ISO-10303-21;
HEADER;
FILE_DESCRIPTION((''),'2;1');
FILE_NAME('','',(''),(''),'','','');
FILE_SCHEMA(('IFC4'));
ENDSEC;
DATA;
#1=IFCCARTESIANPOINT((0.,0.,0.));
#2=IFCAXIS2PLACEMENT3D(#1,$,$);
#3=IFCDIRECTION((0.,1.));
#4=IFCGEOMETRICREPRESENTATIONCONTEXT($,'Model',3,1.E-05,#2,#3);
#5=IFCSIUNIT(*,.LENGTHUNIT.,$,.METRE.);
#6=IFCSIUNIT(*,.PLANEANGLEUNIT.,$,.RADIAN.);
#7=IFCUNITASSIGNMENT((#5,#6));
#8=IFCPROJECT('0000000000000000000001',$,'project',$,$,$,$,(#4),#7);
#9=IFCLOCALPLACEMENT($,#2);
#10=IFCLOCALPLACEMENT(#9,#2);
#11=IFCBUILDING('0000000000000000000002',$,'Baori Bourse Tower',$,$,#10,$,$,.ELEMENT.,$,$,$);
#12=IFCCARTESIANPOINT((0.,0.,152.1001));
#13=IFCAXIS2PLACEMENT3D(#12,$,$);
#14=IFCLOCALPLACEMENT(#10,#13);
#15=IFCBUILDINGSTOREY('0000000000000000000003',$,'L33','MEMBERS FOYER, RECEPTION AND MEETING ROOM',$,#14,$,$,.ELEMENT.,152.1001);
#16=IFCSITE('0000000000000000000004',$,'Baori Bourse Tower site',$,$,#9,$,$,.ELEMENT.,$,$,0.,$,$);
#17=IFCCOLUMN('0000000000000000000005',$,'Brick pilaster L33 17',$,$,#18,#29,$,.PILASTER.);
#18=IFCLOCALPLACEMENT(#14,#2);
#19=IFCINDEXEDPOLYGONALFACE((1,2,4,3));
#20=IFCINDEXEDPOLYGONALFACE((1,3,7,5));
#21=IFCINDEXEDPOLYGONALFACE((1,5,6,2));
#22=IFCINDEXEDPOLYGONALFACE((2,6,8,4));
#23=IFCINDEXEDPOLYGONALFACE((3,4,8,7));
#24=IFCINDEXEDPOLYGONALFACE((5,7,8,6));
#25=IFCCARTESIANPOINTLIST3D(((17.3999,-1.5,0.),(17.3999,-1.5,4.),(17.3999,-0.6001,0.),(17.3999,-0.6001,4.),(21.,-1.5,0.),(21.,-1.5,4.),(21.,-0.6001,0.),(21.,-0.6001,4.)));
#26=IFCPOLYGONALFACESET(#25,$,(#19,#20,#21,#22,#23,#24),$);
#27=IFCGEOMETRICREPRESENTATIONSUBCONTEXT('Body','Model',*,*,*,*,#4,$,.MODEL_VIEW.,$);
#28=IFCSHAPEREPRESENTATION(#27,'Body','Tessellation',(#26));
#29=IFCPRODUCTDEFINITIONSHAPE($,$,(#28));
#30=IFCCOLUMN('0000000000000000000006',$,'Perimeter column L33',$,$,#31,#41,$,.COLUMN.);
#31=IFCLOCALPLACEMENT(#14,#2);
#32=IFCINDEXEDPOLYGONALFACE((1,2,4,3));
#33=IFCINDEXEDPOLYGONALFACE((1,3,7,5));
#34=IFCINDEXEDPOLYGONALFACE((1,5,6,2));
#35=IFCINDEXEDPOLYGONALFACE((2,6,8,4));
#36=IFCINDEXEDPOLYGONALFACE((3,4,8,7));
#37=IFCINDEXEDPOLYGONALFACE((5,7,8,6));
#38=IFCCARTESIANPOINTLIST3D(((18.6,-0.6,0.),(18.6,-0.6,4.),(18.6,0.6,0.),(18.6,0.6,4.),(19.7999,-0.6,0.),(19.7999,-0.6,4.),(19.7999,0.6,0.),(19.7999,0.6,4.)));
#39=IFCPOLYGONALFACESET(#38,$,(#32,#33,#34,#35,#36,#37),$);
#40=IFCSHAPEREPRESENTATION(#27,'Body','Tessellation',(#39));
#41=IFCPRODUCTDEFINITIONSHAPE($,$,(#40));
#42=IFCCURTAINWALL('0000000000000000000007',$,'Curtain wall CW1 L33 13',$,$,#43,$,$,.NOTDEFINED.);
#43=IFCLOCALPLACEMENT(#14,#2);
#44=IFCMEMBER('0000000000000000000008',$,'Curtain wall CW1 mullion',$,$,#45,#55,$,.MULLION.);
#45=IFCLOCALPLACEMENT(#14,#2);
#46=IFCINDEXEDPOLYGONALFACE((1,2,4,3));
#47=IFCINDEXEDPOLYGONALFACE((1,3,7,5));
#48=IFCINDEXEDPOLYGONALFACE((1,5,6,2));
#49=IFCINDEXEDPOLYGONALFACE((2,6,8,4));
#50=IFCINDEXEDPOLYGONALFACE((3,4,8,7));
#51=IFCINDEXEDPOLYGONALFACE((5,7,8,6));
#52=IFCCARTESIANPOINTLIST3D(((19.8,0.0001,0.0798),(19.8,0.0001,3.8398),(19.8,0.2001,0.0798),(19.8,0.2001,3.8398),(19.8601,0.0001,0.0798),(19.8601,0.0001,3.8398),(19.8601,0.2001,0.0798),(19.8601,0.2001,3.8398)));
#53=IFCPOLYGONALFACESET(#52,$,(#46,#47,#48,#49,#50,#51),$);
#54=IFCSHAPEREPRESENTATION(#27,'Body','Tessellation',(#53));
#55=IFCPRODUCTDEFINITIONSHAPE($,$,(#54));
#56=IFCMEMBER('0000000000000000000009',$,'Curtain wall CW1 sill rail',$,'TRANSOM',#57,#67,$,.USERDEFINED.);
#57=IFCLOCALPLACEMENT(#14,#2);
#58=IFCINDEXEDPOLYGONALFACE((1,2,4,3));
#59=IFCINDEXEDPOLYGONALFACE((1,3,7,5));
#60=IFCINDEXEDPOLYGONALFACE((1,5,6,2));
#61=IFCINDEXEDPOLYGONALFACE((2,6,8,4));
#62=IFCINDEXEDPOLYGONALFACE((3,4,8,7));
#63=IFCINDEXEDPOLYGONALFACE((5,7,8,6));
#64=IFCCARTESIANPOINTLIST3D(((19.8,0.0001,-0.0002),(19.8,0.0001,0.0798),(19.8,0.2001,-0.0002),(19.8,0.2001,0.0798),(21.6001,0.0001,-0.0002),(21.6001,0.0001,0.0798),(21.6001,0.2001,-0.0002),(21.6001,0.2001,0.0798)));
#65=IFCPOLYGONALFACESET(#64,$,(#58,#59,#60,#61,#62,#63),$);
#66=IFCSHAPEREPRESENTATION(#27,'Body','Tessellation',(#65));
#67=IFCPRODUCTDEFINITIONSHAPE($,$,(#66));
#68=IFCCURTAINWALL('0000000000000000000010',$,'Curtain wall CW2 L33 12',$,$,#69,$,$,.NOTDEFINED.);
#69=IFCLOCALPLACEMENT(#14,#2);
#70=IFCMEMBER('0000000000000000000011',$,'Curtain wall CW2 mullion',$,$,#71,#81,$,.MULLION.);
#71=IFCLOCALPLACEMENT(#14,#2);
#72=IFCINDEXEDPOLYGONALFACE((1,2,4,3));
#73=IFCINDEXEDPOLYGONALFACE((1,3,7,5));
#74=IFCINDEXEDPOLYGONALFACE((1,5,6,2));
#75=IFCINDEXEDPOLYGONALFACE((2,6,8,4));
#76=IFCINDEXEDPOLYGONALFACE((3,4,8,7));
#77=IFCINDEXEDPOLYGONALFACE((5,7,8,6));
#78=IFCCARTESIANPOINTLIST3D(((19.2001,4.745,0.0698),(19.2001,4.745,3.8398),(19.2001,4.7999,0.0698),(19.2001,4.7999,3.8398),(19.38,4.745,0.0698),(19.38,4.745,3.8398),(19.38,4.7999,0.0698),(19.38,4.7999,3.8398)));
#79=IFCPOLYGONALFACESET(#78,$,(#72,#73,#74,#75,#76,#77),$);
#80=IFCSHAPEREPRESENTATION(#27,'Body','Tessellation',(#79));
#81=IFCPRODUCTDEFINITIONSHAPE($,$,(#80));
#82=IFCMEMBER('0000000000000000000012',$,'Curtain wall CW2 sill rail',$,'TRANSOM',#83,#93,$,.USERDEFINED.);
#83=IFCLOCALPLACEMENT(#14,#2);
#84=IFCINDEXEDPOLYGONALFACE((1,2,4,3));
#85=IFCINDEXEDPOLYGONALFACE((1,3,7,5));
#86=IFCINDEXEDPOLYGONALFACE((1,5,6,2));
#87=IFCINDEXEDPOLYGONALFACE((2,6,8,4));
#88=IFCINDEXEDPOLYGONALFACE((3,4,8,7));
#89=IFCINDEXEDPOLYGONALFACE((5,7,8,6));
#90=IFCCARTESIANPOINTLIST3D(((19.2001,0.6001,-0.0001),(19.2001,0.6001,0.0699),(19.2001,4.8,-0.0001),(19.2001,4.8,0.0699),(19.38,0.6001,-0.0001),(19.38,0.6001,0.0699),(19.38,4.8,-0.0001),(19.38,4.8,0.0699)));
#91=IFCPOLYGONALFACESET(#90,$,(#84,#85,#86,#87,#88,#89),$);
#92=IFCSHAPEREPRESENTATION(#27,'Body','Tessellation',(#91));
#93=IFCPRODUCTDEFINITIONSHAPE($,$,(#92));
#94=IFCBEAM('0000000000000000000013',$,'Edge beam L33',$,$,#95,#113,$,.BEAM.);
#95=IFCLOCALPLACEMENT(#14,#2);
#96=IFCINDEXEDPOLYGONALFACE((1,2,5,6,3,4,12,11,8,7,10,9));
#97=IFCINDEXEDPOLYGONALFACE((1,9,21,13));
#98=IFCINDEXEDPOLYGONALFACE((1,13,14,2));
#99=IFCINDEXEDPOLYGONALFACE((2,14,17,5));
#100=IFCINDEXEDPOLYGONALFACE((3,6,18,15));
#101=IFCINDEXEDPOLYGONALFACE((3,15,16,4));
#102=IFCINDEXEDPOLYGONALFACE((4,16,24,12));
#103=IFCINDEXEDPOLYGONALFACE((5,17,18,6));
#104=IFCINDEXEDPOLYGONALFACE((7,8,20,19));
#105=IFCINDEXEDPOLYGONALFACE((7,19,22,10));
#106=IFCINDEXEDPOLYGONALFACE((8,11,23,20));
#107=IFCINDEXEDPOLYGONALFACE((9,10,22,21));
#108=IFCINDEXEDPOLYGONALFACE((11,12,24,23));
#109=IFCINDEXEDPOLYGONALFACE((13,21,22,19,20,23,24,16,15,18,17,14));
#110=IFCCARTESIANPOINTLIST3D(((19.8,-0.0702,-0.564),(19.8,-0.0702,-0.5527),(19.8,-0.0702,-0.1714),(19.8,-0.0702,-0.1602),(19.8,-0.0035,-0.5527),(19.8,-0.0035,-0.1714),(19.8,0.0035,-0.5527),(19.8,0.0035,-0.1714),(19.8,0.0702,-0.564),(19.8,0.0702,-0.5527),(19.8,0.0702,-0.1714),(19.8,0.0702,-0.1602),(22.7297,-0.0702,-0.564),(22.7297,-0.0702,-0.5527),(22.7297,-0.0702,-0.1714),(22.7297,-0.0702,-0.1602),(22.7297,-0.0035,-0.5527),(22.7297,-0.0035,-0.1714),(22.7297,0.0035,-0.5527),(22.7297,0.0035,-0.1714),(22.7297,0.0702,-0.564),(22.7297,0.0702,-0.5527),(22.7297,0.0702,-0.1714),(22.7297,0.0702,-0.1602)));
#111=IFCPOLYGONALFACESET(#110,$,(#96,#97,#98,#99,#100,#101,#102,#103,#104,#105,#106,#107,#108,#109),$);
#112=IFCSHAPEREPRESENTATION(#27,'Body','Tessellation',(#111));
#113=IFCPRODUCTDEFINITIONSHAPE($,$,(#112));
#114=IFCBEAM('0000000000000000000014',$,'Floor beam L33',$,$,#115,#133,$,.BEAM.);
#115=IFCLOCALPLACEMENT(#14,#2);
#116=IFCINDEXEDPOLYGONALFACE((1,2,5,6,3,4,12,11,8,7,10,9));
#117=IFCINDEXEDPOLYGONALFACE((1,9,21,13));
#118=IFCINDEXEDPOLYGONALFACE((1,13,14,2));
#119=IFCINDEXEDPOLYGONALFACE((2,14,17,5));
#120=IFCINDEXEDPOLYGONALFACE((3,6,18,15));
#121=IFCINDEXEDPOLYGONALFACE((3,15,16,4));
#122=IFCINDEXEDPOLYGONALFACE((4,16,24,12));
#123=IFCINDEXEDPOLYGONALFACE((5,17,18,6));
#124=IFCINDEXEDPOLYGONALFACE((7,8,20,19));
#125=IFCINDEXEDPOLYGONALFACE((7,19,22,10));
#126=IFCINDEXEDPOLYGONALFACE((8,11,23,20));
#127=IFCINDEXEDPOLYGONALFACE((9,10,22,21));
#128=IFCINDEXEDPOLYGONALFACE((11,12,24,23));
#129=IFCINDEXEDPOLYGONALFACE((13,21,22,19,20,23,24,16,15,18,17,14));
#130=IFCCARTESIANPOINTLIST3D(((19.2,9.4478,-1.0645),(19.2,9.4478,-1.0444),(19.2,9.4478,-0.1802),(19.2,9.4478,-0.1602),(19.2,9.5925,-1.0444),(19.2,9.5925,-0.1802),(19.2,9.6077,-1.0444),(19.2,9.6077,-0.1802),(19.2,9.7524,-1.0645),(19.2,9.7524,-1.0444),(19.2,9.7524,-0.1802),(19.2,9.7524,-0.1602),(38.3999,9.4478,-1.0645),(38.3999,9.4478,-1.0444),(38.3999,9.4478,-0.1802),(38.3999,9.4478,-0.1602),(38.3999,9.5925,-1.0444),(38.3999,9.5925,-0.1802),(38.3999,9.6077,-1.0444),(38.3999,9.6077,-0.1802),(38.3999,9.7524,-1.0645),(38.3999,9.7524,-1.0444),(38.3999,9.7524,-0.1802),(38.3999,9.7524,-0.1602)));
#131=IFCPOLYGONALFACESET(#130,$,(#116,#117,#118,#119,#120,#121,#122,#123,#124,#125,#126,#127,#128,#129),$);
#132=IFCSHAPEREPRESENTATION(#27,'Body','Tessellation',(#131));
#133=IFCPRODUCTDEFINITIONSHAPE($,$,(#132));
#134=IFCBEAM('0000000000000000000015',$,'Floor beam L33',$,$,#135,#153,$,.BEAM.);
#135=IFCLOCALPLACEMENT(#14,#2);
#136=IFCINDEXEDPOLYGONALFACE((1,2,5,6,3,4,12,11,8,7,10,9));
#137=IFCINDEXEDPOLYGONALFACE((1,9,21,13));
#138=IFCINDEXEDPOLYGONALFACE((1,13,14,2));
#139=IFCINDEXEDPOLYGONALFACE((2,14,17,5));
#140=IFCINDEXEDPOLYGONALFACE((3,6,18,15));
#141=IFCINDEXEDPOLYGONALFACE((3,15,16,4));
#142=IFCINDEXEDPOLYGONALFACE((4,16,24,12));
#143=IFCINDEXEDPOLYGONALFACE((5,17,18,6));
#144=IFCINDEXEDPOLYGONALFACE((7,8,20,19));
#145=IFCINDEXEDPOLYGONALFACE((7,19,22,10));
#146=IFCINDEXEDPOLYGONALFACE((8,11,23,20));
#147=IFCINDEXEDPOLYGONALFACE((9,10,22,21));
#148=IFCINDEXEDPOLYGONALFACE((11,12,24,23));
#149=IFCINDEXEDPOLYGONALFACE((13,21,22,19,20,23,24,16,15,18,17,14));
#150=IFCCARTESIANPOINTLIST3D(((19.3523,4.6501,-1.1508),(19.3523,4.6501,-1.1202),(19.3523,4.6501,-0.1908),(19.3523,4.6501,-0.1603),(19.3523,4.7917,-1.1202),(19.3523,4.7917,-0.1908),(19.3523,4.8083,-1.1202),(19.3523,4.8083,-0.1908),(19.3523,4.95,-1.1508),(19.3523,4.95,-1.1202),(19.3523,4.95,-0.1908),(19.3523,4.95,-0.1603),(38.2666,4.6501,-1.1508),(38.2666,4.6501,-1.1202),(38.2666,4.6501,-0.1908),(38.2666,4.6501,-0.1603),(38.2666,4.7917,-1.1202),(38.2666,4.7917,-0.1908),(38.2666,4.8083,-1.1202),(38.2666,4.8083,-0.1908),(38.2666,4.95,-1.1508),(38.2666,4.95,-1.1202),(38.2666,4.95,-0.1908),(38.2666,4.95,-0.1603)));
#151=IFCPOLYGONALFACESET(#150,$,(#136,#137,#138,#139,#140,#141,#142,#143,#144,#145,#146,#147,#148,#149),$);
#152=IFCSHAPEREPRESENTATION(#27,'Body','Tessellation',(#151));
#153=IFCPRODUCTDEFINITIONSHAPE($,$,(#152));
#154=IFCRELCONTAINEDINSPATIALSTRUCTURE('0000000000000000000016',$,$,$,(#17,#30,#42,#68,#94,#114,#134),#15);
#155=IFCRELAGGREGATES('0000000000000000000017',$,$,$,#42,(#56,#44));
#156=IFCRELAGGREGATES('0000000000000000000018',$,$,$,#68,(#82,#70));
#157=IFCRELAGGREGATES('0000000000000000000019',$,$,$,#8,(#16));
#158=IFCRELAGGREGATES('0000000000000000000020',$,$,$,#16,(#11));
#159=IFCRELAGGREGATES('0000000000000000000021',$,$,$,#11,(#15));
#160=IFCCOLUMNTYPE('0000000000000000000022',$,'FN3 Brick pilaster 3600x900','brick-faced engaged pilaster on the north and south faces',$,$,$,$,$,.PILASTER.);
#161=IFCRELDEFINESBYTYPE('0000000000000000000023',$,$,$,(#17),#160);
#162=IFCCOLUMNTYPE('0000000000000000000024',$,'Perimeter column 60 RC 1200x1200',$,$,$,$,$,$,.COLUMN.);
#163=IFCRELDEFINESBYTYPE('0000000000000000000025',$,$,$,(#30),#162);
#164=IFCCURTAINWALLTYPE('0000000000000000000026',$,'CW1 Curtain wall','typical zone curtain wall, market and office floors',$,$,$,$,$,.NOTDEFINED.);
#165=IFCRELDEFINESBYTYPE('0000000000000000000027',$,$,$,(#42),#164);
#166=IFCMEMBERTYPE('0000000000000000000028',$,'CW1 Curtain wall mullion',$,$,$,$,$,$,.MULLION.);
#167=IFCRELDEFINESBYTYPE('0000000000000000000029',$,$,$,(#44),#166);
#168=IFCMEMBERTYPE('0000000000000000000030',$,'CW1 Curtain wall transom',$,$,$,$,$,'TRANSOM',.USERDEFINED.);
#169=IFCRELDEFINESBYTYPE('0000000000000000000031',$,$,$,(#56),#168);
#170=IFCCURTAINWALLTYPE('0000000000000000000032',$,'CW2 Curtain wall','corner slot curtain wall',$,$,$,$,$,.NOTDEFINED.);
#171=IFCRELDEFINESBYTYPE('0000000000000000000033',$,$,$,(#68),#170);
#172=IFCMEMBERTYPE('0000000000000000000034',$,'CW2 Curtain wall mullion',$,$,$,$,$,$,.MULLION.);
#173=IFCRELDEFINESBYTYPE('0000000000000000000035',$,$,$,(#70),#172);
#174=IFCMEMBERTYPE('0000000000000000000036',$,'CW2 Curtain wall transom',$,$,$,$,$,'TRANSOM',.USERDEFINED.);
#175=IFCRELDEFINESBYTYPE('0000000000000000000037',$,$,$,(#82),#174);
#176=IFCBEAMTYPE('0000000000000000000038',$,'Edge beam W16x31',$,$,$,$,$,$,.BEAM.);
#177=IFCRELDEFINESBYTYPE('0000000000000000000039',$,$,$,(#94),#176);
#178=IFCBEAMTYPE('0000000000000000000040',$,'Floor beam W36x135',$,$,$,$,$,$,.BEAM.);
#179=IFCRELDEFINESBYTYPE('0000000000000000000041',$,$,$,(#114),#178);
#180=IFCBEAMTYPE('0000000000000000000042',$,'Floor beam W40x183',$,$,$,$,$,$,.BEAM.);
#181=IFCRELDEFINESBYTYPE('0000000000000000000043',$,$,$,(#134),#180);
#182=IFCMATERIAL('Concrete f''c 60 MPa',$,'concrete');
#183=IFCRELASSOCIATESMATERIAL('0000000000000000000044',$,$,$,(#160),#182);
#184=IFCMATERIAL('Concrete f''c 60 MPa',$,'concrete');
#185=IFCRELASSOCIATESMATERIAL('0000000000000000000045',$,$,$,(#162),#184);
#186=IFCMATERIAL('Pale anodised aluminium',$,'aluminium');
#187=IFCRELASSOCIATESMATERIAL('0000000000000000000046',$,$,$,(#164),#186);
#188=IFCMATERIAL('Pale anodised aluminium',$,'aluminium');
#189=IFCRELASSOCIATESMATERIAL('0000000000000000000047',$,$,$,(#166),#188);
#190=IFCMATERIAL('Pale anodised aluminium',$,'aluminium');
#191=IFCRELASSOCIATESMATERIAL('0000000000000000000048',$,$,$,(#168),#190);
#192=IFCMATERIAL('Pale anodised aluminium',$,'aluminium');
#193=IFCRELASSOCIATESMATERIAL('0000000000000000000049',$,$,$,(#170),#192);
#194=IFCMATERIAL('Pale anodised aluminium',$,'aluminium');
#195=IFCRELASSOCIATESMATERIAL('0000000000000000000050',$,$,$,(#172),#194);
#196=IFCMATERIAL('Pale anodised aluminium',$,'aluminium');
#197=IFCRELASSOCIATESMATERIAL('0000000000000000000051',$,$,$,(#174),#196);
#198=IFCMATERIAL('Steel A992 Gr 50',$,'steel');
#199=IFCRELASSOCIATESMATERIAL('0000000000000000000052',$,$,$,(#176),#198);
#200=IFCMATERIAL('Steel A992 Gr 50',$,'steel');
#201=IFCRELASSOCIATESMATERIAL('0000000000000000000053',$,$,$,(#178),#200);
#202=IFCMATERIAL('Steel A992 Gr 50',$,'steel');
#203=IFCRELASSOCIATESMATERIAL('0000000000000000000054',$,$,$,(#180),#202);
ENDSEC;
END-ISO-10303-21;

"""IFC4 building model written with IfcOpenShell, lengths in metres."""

from ifc_helpers import new_model, si_unit, direction, frame, origin, origin_2d, place, context, subcontext, project, spatial, rectangle, i_section, extrude, material, material_profile, profile_set, type_object, element, aggregate, save


model = new_model("IFC4")

# Units and contexts
model_context = context("Model", 3, precision=1e-05, world=origin(), true_north=direction((0.0, 1.0)))
body_context = subcontext(model_context, "Body", "Model", "MODEL_VIEW")
ifc_project = project(units=[si_unit("LENGTHUNIT", "METRE"), si_unit("PLANEANGLEUNIT", "RADIAN")], contexts=[model_context])

# Site, building, storey
site_placement = place(None, origin())
site = spatial("IfcSite", under=ifc_project, at=site_placement, Name="Baori Bourse Tower site", CompositionType="ELEMENT", RefElevation=0.0)
building_placement = place(site_placement, origin())
building = spatial("IfcBuilding", under=site, at=building_placement, Name="Baori Bourse Tower", CompositionType="ELEMENT")
storey_placement = place(building_placement, frame((0.0, 0.0, 152.1001)))
storey = spatial("IfcBuildingStorey", under=building, at=storey_placement, Name="L33", Description="MEMBERS FOYER, RECEPTION AND MEETING ROOM", CompositionType="ELEMENT", Elevation=152.1001)

# Columns
ifc_material_1 = material(Name="Concrete f'c 60 MPa", Category="concrete")
ifc_material_profile_1 = material_profile(ifc_material_1, rectangle(XDim=3.6001, YDim=0.8999, at=origin_2d()), Name="RC 3600x900")
ifc_profile_set_1 = profile_set([ifc_material_profile_1], Name="Concrete f'c 60 MPa")
column_type_1 = type_object("IfcColumnType", Name="FN3 Brick pilaster 3600x900", Description="brick-faced engaged pilaster on the north and south faces", PredefinedType="PILASTER", material=ifc_profile_set_1)
column_1_placement = place(storey_placement, frame((19.2, -1.05, 0.0), z_axis=(0.0, 0.0, 1.0), x_axis=(1.0, 0.0, 0.0)))
element("IfcColumn", 1, at=column_1_placement, inside=storey, type_object=column_type_1, Name="Brick pilaster L33 17", PredefinedType="PILASTER", context=body_context, shape_type="SweptSolid", body=[
    extrude(rectangle(XDim=3.6001, YDim=0.8999, at=origin_2d()), origin(), (0.0, 0.0, 1.0), 4.0),
])
ifc_material_2 = material(Name="Concrete f'c 60 MPa", Category="concrete")
ifc_material_profile_2 = material_profile(ifc_material_2, rectangle(XDim=1.2, YDim=1.2, at=origin_2d()), Name="RC 1200x1200")
ifc_profile_set_2 = profile_set([ifc_material_profile_2], Name="Concrete f'c 60 MPa")
column_type_2 = type_object("IfcColumnType", Name="Perimeter column 60 RC 1200x1200", PredefinedType="COLUMN", material=ifc_profile_set_2)
column_2_placement = place(storey_placement, frame((19.2, 0.0, 0.0), z_axis=(0.0, 0.0, 1.0), x_axis=(1.0, 0.0, 0.0)))
element("IfcColumn", 2, at=column_2_placement, inside=storey, type_object=column_type_2, Name="Perimeter column L33", PredefinedType="COLUMN", context=body_context, shape_type="SweptSolid", body=[
    extrude(rectangle(XDim=1.2, YDim=1.2, at=origin_2d()), origin(), (0.0, 0.0, 1.0), 4.0),
])

# Curtain walls, members
ifc_material_3 = material(Name="Pale anodised aluminium", Category="aluminium")
curtain_wall_type_1 = type_object("IfcCurtainWallType", Name="CW1 Curtain wall", Description="typical zone curtain wall, market and office floors", PredefinedType="NOTDEFINED", material=ifc_material_3)
curtain_wall_1_placement = place(storey_placement, origin())
curtain_wall_1 = element("IfcCurtainWall", 3, at=curtain_wall_1_placement, inside=storey, type_object=curtain_wall_type_1, Name="Curtain wall CW1 L33 13", PredefinedType="NOTDEFINED")
ifc_material_4 = material(Name="Pale anodised aluminium", Category="aluminium")
ifc_material_profile_3 = material_profile(ifc_material_4, rectangle(XDim=0.2, YDim=0.0601, at=origin_2d()), Name="Mullion 60x200")
ifc_profile_set_3 = profile_set([ifc_material_profile_3], Name="Pale anodised aluminium")
member_type_1 = type_object("IfcMemberType", Name="CW1 Curtain wall mullion", PredefinedType="MULLION", material=ifc_profile_set_3)
member_1_placement = place(storey_placement, frame((19.8301, 0.1001, 0.0798), z_axis=(0.0, 0.0, 1.0), x_axis=(0.0, 1.0, 0.0)))
member_1 = element("IfcMember", 4, at=member_1_placement, type_object=member_type_1, Name="Curtain wall CW1 mullion", PredefinedType="MULLION", context=body_context, shape_type="SweptSolid", body=[
    extrude(rectangle(XDim=0.2, YDim=0.0601, at=origin_2d()), origin(), (0.0, 0.0, 1.0), 3.76),
])
ifc_material_5 = material(Name="Pale anodised aluminium", Category="aluminium")
ifc_material_profile_4 = material_profile(ifc_material_5, rectangle(XDim=0.2, YDim=0.0801, at=origin_2d()), Name="Transom 80x200")
ifc_profile_set_4 = profile_set([ifc_material_profile_4], Name="Pale anodised aluminium")
member_type_2 = type_object("IfcMemberType", Name="CW1 Curtain wall transom", ElementType="TRANSOM", PredefinedType="USERDEFINED", material=ifc_profile_set_4)
member_2_placement = place(storey_placement, frame((19.8, 0.1001, 0.0398), z_axis=(1.0, 0.0, 0.0), x_axis=(0.0, 1.0, 0.0)))
member_2 = element("IfcMember", 5, at=member_2_placement, type_object=member_type_2, Name="Curtain wall CW1 sill rail", ObjectType="TRANSOM", PredefinedType="USERDEFINED", context=body_context, shape_type="SweptSolid", body=[
    extrude(rectangle(XDim=0.2, YDim=0.0801, at=origin_2d()), origin(), (0.0, 0.0, 1.0), 1.8),
])
ifc_material_6 = material(Name="Pale anodised aluminium", Category="aluminium")
curtain_wall_type_2 = type_object("IfcCurtainWallType", Name="CW2 Curtain wall", Description="corner slot curtain wall", PredefinedType="NOTDEFINED", material=ifc_material_6)
curtain_wall_2_placement = place(storey_placement, origin())
curtain_wall_2 = element("IfcCurtainWall", 6, at=curtain_wall_2_placement, inside=storey, type_object=curtain_wall_type_2, Name="Curtain wall CW2 L33 12", PredefinedType="NOTDEFINED")
ifc_material_7 = material(Name="Pale anodised aluminium", Category="aluminium")
ifc_material_profile_5 = material_profile(ifc_material_7, rectangle(XDim=0.1799, YDim=0.0549, at=origin_2d()), Name="Mullion 55x180")
ifc_profile_set_5 = profile_set([ifc_material_profile_5], Name="Pale anodised aluminium")
member_type_3 = type_object("IfcMemberType", Name="CW2 Curtain wall mullion", PredefinedType="MULLION", material=ifc_profile_set_5)
member_3_placement = place(storey_placement, frame((19.29, 4.7725, 0.0698), z_axis=(0.0, 0.0, 1.0), x_axis=(1.0, 0.0, 0.0)))
member_3 = element("IfcMember", 7, at=member_3_placement, type_object=member_type_3, Name="Curtain wall CW2 mullion", PredefinedType="MULLION", context=body_context, shape_type="SweptSolid", body=[
    extrude(rectangle(XDim=0.1799, YDim=0.0549, at=origin_2d()), origin(), (0.0, 0.0, 1.0), 3.77),
])
ifc_material_8 = material(Name="Pale anodised aluminium", Category="aluminium")
ifc_material_profile_6 = material_profile(ifc_material_8, rectangle(XDim=0.1799, YDim=0.0701, at=origin_2d()), Name="Transom 70x180")
ifc_profile_set_6 = profile_set([ifc_material_profile_6], Name="Pale anodised aluminium")
member_type_4 = type_object("IfcMemberType", Name="CW2 Curtain wall transom", ElementType="TRANSOM", PredefinedType="USERDEFINED", material=ifc_profile_set_6)
member_4_placement = place(storey_placement, frame((19.29, 4.8, 0.0349), z_axis=(0.0, -1.0, 0.0), x_axis=(1.0, 0.0, 0.0)))
member_4 = element("IfcMember", 8, at=member_4_placement, type_object=member_type_4, Name="Curtain wall CW2 sill rail", ObjectType="TRANSOM", PredefinedType="USERDEFINED", context=body_context, shape_type="SweptSolid", body=[
    extrude(rectangle(XDim=0.1799, YDim=0.0701, at=origin_2d()), origin(), (0.0, 0.0, 1.0), 4.2),
])

# Beams
ifc_material_9 = material(Name="Steel A992 Gr 50", Category="steel")
ifc_material_profile_7 = material_profile(ifc_material_9, i_section(OverallWidth=0.1404, OverallDepth=0.4038, WebThickness=0.0071, FlangeThickness=0.0112, at=origin_2d()), Name="W16x31")
ifc_profile_set_7 = profile_set([ifc_material_profile_7], Name="Steel A992 Gr 50")
beam_type_1 = type_object("IfcBeamType", Name="Edge beam W16x31", PredefinedType="BEAM", material=ifc_profile_set_7)
beam_1_placement = place(storey_placement, frame((19.8, 0.0, -0.3621), z_axis=(1.0, 0.0, 0.0), x_axis=(0.0, 1.0, 0.0)))
element("IfcBeam", 9, at=beam_1_placement, inside=storey, type_object=beam_type_1, Name="Edge beam L33", PredefinedType="BEAM", context=body_context, shape_type="SweptSolid", body=[
    extrude(i_section(OverallWidth=0.1404, OverallDepth=0.4038, WebThickness=0.0071, FlangeThickness=0.0112, at=origin_2d()), origin(), (0.0, 0.0, 1.0), 2.9297),
])
ifc_material_10 = material(Name="Steel A992 Gr 50", Category="steel")
ifc_material_profile_8 = material_profile(ifc_material_10, i_section(OverallWidth=0.3047, OverallDepth=0.9043, WebThickness=0.0151, FlangeThickness=0.02, at=origin_2d()), Name="W36x135")
ifc_profile_set_8 = profile_set([ifc_material_profile_8], Name="Steel A992 Gr 50")
beam_type_2 = type_object("IfcBeamType", Name="Floor beam W36x135", PredefinedType="BEAM", material=ifc_profile_set_8)
beam_2_placement = place(storey_placement, frame((19.2, 9.6001, -0.6123), z_axis=(1.0, 0.0, 0.0), x_axis=(0.0, 1.0, 0.0)))
element("IfcBeam", 10, at=beam_2_placement, inside=storey, type_object=beam_type_2, Name="Floor beam L33", PredefinedType="BEAM", context=body_context, shape_type="SweptSolid", body=[
    extrude(i_section(OverallWidth=0.3047, OverallDepth=0.9043, WebThickness=0.0151, FlangeThickness=0.02, at=origin_2d()), origin(), (0.0, 0.0, 1.0), 19.2),
])
ifc_material_11 = material(Name="Steel A992 Gr 50", Category="steel")
ifc_material_profile_9 = material_profile(ifc_material_11, i_section(OverallWidth=0.2998, OverallDepth=0.9905, WebThickness=0.0166, FlangeThickness=0.0305, at=origin_2d()), Name="W40x183")
ifc_profile_set_9 = profile_set([ifc_material_profile_9], Name="Steel A992 Gr 50")
beam_type_3 = type_object("IfcBeamType", Name="Floor beam W40x183", PredefinedType="BEAM", material=ifc_profile_set_9)
beam_3_placement = place(storey_placement, frame((19.3523, 4.8, -0.6555), z_axis=(1.0, 0.0, 0.0), x_axis=(0.0, 1.0, 0.0)))
element("IfcBeam", 11, at=beam_3_placement, inside=storey, type_object=beam_type_3, Name="Floor beam L33", PredefinedType="BEAM", context=body_context, shape_type="SweptSolid", body=[
    extrude(i_section(OverallWidth=0.2998, OverallDepth=0.9905, WebThickness=0.0166, FlangeThickness=0.0305, at=origin_2d()), origin(), (0.0, 0.0, 1.0), 18.9143),
])

aggregate(curtain_wall_1, [member_2, member_1])

aggregate(curtain_wall_2, [member_4, member_3])

save(model, "model.ifc")
